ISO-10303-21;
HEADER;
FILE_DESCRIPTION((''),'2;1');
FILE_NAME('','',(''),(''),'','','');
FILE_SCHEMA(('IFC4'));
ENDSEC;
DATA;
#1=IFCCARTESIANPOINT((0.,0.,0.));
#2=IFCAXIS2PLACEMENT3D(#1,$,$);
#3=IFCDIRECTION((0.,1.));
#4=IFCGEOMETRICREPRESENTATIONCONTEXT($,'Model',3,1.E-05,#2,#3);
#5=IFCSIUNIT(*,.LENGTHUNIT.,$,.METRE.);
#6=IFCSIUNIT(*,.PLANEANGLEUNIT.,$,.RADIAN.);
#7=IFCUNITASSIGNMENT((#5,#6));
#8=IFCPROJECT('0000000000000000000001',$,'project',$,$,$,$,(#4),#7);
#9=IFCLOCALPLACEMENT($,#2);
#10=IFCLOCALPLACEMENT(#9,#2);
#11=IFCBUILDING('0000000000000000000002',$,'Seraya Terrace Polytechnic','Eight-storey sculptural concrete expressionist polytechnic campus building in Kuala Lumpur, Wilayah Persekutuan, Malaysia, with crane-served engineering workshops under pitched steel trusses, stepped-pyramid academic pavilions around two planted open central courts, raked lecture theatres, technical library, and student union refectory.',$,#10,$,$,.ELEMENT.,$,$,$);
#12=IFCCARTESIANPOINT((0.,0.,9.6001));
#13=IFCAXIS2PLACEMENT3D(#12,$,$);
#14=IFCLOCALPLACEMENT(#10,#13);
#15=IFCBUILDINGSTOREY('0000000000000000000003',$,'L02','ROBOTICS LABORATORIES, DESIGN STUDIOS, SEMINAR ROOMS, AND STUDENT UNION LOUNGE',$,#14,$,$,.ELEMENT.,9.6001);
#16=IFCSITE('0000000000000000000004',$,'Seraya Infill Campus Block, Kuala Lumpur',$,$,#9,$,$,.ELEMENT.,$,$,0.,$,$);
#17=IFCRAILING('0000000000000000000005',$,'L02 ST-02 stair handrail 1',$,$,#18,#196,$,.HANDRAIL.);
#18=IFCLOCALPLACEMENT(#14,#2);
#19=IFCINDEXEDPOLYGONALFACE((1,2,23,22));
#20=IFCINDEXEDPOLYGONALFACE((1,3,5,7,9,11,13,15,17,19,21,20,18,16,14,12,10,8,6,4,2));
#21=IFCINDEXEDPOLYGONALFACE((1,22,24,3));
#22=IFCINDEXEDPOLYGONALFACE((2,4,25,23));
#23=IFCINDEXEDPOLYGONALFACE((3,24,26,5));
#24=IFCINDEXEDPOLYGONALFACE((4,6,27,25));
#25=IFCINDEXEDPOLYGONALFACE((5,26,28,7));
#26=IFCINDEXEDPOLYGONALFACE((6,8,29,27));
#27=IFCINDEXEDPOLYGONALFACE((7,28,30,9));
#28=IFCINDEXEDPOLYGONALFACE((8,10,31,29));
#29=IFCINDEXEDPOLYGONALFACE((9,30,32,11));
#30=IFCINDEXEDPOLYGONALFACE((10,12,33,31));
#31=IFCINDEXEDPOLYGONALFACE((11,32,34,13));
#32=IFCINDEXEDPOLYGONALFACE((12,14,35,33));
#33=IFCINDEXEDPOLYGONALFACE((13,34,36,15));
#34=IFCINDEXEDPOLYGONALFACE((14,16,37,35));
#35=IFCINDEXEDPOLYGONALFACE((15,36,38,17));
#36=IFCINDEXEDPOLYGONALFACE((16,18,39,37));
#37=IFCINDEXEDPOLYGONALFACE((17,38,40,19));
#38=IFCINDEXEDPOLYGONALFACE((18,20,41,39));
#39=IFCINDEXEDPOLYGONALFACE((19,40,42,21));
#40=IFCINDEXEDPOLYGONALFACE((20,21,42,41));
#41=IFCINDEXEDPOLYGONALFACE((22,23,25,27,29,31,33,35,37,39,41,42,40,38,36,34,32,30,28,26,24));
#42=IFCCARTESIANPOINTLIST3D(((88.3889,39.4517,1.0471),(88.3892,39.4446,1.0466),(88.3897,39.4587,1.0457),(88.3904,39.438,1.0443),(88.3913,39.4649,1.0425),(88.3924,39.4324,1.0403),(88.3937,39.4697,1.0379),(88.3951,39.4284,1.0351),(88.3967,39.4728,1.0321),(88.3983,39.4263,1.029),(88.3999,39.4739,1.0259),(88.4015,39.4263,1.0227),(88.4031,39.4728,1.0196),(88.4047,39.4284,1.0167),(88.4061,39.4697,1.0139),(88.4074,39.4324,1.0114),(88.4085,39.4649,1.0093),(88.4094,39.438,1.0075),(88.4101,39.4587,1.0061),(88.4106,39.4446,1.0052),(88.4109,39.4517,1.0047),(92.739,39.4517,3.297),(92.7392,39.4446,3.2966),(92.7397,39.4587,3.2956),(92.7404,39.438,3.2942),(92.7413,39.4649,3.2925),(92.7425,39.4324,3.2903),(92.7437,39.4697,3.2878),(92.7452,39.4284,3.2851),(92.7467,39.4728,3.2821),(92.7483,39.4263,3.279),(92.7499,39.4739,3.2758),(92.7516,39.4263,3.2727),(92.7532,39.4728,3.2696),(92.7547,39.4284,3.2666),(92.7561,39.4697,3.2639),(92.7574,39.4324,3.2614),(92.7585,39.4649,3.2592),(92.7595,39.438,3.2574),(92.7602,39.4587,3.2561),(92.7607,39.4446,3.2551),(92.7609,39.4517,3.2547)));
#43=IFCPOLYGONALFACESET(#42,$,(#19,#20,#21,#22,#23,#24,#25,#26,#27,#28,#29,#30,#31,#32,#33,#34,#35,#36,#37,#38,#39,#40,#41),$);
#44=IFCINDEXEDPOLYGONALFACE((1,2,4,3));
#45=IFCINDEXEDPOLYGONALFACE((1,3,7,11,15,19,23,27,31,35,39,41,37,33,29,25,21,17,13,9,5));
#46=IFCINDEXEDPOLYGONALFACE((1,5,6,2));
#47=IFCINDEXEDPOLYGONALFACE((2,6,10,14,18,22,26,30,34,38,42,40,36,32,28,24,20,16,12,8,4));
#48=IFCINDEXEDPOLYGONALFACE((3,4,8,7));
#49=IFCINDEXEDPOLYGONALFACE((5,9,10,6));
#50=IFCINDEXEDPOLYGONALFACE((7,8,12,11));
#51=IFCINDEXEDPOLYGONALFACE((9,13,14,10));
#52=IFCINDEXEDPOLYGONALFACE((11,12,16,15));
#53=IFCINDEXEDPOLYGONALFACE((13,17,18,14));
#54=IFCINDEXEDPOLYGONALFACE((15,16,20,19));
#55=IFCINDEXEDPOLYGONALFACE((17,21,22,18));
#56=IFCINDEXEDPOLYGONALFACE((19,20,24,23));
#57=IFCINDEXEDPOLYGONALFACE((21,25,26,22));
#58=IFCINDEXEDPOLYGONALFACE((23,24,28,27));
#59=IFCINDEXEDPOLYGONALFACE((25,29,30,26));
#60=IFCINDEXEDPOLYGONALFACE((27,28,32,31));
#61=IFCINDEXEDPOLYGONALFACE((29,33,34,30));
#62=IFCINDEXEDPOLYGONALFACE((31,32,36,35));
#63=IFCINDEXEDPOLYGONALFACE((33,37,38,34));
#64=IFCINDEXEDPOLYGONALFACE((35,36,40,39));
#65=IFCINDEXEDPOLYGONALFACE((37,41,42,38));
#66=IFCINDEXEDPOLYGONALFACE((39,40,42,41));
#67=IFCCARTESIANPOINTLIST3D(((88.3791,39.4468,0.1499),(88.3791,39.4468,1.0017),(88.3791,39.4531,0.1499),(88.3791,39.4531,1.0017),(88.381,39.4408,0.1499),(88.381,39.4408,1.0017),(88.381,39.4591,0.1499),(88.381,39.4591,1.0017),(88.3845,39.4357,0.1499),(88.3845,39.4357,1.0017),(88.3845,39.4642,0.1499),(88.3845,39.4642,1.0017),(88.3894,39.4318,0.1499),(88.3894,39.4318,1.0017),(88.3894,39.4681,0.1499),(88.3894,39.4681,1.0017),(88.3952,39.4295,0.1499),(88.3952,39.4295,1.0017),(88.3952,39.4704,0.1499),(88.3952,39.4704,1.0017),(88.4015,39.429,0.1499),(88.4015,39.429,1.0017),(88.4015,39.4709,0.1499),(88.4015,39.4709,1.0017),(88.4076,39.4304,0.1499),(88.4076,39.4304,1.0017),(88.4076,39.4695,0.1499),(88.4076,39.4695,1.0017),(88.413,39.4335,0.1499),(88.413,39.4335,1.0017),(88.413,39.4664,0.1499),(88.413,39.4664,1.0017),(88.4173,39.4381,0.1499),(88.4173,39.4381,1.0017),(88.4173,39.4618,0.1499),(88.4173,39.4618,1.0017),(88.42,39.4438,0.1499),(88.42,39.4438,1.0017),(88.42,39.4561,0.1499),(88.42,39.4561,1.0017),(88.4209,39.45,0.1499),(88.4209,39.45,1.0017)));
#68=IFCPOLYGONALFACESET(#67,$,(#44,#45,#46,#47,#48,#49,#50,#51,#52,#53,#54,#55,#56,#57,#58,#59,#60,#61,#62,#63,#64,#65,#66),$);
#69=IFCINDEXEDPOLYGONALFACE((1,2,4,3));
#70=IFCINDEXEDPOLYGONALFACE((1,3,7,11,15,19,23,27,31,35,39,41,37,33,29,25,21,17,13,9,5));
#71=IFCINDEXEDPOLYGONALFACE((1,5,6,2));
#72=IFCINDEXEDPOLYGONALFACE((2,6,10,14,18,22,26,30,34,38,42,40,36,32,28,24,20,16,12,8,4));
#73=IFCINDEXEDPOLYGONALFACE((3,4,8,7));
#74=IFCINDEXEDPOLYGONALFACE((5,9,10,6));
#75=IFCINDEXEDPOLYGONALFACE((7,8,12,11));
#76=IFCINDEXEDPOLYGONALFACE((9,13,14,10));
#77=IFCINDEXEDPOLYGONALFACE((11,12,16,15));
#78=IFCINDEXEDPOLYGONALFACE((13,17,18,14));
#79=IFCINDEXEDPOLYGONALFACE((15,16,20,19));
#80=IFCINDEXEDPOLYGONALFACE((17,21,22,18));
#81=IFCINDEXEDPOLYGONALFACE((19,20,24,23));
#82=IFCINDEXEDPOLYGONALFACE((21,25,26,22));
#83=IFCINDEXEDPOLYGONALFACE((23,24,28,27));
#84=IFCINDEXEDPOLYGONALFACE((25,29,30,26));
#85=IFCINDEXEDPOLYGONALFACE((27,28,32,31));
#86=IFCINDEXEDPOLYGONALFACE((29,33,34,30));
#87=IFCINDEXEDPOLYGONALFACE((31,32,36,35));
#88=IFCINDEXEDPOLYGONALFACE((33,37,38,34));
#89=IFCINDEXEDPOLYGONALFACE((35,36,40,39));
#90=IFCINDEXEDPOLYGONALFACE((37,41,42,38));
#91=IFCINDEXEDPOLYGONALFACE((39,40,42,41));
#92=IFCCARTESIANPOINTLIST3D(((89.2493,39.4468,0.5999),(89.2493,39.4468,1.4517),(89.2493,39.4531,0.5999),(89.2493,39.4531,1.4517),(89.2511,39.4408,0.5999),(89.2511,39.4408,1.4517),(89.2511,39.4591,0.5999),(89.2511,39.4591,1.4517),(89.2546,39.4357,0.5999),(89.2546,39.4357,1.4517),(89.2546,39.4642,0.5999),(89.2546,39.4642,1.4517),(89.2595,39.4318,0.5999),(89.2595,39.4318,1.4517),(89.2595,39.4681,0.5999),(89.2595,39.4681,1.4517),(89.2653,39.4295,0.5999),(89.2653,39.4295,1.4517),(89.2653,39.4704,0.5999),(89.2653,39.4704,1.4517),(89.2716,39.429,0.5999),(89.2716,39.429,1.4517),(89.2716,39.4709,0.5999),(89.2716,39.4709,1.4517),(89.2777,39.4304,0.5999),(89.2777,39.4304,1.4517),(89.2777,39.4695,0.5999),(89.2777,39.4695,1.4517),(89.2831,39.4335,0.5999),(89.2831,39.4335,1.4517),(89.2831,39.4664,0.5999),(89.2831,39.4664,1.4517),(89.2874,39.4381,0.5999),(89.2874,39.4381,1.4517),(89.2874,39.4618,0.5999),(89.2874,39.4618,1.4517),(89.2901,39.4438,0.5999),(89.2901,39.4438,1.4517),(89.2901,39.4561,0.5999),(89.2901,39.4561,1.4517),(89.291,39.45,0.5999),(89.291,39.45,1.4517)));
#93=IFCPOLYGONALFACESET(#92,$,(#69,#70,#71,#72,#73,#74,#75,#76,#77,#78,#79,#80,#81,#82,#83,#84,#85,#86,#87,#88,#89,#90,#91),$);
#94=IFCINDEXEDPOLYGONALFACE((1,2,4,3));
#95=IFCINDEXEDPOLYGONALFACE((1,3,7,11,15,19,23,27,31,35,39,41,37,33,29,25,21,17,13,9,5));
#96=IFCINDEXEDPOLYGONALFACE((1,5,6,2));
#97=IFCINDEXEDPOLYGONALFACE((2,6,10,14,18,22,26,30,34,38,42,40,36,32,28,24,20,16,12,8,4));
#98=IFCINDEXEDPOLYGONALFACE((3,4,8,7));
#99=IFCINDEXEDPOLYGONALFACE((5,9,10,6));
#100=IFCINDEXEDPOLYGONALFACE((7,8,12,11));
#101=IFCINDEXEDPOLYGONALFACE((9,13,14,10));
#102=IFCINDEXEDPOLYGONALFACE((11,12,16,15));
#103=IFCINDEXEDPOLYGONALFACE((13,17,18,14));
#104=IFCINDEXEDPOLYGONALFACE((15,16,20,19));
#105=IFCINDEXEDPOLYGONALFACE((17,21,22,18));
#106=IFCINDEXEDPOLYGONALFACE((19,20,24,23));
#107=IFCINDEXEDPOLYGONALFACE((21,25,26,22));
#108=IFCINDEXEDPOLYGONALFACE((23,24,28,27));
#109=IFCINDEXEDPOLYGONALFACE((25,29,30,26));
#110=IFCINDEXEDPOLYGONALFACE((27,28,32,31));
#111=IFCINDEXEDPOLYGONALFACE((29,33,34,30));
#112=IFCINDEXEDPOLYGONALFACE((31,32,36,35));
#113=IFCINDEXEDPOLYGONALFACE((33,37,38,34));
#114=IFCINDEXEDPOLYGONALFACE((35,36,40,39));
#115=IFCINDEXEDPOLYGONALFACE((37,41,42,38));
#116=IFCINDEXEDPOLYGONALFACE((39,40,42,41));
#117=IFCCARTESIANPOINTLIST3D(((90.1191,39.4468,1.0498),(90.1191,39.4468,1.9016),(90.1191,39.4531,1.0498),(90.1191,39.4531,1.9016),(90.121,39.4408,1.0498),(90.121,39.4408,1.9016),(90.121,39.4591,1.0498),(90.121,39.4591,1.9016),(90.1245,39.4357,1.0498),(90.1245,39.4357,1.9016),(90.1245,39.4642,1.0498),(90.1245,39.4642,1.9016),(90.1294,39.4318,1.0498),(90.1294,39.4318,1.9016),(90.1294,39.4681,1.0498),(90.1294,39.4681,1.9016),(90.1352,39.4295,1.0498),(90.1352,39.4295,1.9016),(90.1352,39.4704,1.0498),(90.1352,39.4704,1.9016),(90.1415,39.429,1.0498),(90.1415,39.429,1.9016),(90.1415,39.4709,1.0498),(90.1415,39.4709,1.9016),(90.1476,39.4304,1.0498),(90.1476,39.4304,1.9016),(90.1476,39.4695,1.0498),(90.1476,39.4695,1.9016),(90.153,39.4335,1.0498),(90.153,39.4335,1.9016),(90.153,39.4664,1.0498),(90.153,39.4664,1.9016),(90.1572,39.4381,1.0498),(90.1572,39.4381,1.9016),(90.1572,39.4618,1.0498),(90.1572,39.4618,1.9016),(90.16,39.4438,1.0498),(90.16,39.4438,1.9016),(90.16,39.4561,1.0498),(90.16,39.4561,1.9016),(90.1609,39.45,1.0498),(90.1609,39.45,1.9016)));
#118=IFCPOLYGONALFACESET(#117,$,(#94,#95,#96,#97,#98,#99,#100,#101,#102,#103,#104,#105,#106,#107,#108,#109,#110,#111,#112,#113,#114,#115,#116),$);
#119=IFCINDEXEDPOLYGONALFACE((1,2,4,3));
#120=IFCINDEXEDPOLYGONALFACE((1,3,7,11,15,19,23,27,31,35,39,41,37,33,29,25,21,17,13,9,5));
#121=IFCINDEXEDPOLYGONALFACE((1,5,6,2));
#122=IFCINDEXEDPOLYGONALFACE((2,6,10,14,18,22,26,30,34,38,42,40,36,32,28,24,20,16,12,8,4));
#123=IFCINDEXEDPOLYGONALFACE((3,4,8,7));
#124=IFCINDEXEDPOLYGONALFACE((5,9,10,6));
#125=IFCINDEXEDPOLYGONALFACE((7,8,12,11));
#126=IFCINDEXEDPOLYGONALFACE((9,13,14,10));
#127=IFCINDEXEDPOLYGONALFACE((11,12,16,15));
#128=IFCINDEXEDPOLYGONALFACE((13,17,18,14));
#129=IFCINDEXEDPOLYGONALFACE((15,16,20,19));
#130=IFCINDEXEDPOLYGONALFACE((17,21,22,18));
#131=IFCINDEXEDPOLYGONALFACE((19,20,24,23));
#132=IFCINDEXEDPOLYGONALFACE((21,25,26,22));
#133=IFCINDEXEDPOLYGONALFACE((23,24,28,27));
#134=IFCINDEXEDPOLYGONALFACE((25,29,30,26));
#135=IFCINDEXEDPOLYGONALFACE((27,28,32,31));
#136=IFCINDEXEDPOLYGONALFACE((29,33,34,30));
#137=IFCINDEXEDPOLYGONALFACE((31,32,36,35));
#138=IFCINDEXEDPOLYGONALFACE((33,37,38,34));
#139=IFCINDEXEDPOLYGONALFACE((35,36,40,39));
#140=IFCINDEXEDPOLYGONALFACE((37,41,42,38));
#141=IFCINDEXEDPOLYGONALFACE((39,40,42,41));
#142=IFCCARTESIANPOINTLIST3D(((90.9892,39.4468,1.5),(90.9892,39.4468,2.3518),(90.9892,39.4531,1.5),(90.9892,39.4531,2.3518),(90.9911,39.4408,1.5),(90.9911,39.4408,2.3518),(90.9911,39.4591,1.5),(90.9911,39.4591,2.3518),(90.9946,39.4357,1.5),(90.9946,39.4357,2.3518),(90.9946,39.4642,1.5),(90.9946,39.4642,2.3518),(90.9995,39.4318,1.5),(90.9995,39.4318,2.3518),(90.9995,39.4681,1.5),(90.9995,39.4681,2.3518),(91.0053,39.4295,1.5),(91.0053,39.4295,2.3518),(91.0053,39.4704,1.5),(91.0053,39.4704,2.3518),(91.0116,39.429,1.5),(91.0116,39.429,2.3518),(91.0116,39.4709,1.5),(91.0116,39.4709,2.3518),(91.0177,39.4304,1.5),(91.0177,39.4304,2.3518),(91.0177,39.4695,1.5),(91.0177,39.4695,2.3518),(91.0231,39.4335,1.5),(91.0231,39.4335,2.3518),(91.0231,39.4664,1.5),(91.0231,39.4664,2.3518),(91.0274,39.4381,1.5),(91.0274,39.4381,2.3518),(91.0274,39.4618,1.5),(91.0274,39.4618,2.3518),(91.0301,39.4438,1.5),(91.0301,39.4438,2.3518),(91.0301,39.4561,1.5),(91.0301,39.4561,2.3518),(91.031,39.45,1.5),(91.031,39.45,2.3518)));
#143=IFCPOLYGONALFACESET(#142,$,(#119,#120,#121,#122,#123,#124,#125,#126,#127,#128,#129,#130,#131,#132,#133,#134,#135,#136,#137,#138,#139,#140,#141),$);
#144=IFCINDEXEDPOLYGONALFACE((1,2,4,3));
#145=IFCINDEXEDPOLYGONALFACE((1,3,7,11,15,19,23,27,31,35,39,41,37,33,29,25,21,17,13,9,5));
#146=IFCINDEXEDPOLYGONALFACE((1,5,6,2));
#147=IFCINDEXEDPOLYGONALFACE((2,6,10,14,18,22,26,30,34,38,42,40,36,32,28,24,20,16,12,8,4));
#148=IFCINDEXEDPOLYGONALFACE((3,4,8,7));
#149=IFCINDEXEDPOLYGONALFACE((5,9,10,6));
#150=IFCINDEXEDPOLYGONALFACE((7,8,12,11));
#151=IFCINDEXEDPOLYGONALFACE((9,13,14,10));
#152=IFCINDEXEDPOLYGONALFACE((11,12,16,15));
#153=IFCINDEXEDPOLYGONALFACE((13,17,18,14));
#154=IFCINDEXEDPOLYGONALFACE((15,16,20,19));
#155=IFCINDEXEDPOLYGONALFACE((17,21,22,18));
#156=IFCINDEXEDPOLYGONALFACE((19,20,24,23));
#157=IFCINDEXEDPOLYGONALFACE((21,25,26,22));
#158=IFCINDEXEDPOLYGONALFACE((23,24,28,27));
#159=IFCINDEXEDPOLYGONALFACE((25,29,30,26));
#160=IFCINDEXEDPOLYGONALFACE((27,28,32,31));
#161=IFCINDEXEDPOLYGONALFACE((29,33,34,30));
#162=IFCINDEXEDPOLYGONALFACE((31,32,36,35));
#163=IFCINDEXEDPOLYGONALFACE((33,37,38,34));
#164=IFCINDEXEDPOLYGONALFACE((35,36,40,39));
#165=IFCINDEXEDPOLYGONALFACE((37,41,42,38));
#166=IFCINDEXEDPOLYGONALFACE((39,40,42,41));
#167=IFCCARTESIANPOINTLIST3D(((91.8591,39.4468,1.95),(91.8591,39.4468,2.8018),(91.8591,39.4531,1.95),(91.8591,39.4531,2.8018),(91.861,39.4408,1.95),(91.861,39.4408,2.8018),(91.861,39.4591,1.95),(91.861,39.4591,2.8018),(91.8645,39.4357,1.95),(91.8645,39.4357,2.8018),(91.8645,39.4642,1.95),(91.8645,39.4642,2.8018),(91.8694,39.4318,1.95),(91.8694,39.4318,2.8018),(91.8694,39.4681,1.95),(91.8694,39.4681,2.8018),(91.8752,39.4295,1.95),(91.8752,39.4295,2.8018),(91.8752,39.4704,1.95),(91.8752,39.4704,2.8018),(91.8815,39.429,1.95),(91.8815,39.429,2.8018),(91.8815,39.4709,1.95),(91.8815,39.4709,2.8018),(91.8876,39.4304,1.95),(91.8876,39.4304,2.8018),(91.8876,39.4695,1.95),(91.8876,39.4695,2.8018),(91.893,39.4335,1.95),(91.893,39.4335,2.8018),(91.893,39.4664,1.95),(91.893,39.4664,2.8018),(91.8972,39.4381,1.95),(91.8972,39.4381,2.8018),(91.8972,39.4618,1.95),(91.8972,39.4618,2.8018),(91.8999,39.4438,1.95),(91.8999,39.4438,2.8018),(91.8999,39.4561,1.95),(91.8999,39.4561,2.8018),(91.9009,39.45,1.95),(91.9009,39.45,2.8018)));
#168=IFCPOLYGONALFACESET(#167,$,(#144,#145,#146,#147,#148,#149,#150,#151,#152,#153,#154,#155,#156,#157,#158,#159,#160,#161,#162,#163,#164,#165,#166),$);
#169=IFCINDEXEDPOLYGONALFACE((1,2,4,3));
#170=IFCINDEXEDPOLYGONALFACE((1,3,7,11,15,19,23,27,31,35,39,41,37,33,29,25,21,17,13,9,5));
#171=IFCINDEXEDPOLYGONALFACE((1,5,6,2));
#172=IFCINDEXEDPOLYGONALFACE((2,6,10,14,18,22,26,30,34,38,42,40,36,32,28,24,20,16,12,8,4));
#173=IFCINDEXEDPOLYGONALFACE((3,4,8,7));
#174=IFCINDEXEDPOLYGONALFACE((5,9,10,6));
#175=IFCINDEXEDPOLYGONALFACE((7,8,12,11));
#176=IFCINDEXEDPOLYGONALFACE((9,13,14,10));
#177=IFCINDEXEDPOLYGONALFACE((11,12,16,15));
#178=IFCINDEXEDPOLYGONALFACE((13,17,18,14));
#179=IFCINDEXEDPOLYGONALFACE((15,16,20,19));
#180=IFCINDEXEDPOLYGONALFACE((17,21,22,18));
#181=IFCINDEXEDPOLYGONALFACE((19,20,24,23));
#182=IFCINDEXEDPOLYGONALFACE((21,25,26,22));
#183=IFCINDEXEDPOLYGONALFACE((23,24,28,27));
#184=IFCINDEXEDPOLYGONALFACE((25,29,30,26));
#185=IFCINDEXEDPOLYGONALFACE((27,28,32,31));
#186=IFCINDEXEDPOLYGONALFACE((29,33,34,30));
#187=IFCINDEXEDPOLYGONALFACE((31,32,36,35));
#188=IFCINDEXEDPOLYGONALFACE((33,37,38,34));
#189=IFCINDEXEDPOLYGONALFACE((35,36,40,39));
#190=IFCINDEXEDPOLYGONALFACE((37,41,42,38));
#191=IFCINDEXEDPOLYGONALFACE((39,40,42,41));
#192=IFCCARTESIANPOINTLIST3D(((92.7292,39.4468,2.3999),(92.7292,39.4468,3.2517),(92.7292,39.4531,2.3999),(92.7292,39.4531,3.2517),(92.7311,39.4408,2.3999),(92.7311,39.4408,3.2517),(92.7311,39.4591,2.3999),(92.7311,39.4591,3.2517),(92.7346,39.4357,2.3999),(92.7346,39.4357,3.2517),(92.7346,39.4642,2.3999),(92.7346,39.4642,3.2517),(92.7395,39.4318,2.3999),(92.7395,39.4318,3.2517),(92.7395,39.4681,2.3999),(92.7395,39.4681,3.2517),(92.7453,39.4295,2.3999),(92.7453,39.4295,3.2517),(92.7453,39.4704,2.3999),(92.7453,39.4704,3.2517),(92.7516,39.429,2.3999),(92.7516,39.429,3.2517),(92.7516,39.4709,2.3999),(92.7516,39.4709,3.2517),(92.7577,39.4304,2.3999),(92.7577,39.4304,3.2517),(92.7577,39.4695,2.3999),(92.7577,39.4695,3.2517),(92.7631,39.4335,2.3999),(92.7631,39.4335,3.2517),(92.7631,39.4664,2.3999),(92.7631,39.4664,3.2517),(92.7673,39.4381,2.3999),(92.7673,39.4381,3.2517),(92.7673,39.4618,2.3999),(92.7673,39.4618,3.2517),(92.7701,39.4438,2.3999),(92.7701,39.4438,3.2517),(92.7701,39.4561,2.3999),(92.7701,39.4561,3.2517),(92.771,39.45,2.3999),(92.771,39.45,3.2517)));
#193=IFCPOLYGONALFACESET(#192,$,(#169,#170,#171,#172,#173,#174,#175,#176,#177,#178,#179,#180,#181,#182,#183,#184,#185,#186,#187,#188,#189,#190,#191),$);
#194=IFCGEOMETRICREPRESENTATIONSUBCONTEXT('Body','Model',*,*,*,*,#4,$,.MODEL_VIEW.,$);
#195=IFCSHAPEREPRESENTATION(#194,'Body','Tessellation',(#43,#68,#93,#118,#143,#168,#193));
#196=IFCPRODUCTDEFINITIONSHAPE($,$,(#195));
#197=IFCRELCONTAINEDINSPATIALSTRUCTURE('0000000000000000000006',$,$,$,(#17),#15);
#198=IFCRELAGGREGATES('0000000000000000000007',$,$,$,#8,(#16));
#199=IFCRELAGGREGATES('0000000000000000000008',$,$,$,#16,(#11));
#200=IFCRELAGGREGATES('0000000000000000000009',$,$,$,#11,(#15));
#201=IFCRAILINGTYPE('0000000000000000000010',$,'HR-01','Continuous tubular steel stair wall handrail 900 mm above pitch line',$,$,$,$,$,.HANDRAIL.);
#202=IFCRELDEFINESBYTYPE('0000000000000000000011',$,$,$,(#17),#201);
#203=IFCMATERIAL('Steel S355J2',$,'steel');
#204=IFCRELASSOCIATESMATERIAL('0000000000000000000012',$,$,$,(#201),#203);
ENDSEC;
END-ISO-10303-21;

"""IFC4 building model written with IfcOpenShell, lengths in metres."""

from ifc_helpers import new_model, si_unit, direction, frame, origin, origin_2d, place, context, subcontext, project, spatial, circle, extrude, material, type_object, element, save


model = new_model("IFC4")

# Units and contexts
model_context = context("Model", 3, precision=1e-05, world=origin(), true_north=direction((0.0, 1.0)))
body_context = subcontext(model_context, "Body", "Model", "MODEL_VIEW")
ifc_project = project(units=[si_unit("LENGTHUNIT", "METRE"), si_unit("PLANEANGLEUNIT", "RADIAN")], contexts=[model_context])

# Site, building, storey
site_placement = place(None, origin())
site = spatial("IfcSite", under=ifc_project, at=site_placement, Name="Seraya Infill Campus Block, Kuala Lumpur", CompositionType="ELEMENT", RefElevation=0.0)
building_placement = place(site_placement, origin())
building = spatial("IfcBuilding", under=site, at=building_placement, Name="Seraya Terrace Polytechnic", Description="Eight-storey sculptural concrete expressionist polytechnic campus building in Kuala Lumpur, Wilayah Persekutuan, Malaysia, with crane-served engineering workshops under pitched steel trusses, stepped-pyramid academic pavilions around two planted open central courts, raked lecture theatres, technical library, and student union refectory.", CompositionType="ELEMENT")
storey_placement = place(building_placement, frame((0.0, 0.0, 9.6001)))
storey = spatial("IfcBuildingStorey", under=building, at=storey_placement, Name="L02", Description="ROBOTICS LABORATORIES, DESIGN STUDIOS, SEMINAR ROOMS, AND STUDENT UNION LOUNGE", CompositionType="ELEMENT", Elevation=9.6001)

# Shared definitions
ifc_material_1 = material(Name="Steel S355J2", Category="steel")

# Railing
railing_type = type_object("IfcRailingType", Name="HR-01", Description="Continuous tubular steel stair wall handrail 900 mm above pitch line", PredefinedType="HANDRAIL", material=ifc_material_1)
railing_placement = place(storey_placement, frame((88.3999, 39.45, 0.1499)))
element("IfcRailing", 1, at=railing_placement, inside=storey, type_object=railing_type, Name="L02 ST-02 stair handrail 1", PredefinedType="HANDRAIL", context=body_context, shape_type="SweptSolid", body=[
    extrude(circle(Radius=0.0239, at=origin_2d()), frame((0.0, 0.0, 0.876), z_axis=(0.888222, 0.0, 0.459415), x_axis=(0.0, 1.0, 0.0)), (0.0, 0.0, 1.0), 4.8975),
    extrude(circle(Radius=0.021, at=origin_2d()), origin(), (0.0, 0.0, 1.0), 0.8518),
    extrude(circle(Radius=0.021, at=origin_2d()), frame((0.8701, 0.0, 0.45)), (0.0, 0.0, 1.0), 0.8518),
    extrude(circle(Radius=0.021, at=origin_2d()), frame((1.74, 0.0, 0.8999)), (0.0, 0.0, 1.0), 0.8518),
    extrude(circle(Radius=0.021, at=origin_2d()), frame((2.6101, 0.0, 1.3501)), (0.0, 0.0, 1.0), 0.8518),
    extrude(circle(Radius=0.021, at=origin_2d()), frame((3.48, 0.0, 1.8)), (0.0, 0.0, 1.0), 0.8518),
    extrude(circle(Radius=0.021, at=origin_2d()), frame((4.3501, 0.0, 2.25)), (0.0, 0.0, 1.0), 0.8518),
])

save(model, "model.ifc")
